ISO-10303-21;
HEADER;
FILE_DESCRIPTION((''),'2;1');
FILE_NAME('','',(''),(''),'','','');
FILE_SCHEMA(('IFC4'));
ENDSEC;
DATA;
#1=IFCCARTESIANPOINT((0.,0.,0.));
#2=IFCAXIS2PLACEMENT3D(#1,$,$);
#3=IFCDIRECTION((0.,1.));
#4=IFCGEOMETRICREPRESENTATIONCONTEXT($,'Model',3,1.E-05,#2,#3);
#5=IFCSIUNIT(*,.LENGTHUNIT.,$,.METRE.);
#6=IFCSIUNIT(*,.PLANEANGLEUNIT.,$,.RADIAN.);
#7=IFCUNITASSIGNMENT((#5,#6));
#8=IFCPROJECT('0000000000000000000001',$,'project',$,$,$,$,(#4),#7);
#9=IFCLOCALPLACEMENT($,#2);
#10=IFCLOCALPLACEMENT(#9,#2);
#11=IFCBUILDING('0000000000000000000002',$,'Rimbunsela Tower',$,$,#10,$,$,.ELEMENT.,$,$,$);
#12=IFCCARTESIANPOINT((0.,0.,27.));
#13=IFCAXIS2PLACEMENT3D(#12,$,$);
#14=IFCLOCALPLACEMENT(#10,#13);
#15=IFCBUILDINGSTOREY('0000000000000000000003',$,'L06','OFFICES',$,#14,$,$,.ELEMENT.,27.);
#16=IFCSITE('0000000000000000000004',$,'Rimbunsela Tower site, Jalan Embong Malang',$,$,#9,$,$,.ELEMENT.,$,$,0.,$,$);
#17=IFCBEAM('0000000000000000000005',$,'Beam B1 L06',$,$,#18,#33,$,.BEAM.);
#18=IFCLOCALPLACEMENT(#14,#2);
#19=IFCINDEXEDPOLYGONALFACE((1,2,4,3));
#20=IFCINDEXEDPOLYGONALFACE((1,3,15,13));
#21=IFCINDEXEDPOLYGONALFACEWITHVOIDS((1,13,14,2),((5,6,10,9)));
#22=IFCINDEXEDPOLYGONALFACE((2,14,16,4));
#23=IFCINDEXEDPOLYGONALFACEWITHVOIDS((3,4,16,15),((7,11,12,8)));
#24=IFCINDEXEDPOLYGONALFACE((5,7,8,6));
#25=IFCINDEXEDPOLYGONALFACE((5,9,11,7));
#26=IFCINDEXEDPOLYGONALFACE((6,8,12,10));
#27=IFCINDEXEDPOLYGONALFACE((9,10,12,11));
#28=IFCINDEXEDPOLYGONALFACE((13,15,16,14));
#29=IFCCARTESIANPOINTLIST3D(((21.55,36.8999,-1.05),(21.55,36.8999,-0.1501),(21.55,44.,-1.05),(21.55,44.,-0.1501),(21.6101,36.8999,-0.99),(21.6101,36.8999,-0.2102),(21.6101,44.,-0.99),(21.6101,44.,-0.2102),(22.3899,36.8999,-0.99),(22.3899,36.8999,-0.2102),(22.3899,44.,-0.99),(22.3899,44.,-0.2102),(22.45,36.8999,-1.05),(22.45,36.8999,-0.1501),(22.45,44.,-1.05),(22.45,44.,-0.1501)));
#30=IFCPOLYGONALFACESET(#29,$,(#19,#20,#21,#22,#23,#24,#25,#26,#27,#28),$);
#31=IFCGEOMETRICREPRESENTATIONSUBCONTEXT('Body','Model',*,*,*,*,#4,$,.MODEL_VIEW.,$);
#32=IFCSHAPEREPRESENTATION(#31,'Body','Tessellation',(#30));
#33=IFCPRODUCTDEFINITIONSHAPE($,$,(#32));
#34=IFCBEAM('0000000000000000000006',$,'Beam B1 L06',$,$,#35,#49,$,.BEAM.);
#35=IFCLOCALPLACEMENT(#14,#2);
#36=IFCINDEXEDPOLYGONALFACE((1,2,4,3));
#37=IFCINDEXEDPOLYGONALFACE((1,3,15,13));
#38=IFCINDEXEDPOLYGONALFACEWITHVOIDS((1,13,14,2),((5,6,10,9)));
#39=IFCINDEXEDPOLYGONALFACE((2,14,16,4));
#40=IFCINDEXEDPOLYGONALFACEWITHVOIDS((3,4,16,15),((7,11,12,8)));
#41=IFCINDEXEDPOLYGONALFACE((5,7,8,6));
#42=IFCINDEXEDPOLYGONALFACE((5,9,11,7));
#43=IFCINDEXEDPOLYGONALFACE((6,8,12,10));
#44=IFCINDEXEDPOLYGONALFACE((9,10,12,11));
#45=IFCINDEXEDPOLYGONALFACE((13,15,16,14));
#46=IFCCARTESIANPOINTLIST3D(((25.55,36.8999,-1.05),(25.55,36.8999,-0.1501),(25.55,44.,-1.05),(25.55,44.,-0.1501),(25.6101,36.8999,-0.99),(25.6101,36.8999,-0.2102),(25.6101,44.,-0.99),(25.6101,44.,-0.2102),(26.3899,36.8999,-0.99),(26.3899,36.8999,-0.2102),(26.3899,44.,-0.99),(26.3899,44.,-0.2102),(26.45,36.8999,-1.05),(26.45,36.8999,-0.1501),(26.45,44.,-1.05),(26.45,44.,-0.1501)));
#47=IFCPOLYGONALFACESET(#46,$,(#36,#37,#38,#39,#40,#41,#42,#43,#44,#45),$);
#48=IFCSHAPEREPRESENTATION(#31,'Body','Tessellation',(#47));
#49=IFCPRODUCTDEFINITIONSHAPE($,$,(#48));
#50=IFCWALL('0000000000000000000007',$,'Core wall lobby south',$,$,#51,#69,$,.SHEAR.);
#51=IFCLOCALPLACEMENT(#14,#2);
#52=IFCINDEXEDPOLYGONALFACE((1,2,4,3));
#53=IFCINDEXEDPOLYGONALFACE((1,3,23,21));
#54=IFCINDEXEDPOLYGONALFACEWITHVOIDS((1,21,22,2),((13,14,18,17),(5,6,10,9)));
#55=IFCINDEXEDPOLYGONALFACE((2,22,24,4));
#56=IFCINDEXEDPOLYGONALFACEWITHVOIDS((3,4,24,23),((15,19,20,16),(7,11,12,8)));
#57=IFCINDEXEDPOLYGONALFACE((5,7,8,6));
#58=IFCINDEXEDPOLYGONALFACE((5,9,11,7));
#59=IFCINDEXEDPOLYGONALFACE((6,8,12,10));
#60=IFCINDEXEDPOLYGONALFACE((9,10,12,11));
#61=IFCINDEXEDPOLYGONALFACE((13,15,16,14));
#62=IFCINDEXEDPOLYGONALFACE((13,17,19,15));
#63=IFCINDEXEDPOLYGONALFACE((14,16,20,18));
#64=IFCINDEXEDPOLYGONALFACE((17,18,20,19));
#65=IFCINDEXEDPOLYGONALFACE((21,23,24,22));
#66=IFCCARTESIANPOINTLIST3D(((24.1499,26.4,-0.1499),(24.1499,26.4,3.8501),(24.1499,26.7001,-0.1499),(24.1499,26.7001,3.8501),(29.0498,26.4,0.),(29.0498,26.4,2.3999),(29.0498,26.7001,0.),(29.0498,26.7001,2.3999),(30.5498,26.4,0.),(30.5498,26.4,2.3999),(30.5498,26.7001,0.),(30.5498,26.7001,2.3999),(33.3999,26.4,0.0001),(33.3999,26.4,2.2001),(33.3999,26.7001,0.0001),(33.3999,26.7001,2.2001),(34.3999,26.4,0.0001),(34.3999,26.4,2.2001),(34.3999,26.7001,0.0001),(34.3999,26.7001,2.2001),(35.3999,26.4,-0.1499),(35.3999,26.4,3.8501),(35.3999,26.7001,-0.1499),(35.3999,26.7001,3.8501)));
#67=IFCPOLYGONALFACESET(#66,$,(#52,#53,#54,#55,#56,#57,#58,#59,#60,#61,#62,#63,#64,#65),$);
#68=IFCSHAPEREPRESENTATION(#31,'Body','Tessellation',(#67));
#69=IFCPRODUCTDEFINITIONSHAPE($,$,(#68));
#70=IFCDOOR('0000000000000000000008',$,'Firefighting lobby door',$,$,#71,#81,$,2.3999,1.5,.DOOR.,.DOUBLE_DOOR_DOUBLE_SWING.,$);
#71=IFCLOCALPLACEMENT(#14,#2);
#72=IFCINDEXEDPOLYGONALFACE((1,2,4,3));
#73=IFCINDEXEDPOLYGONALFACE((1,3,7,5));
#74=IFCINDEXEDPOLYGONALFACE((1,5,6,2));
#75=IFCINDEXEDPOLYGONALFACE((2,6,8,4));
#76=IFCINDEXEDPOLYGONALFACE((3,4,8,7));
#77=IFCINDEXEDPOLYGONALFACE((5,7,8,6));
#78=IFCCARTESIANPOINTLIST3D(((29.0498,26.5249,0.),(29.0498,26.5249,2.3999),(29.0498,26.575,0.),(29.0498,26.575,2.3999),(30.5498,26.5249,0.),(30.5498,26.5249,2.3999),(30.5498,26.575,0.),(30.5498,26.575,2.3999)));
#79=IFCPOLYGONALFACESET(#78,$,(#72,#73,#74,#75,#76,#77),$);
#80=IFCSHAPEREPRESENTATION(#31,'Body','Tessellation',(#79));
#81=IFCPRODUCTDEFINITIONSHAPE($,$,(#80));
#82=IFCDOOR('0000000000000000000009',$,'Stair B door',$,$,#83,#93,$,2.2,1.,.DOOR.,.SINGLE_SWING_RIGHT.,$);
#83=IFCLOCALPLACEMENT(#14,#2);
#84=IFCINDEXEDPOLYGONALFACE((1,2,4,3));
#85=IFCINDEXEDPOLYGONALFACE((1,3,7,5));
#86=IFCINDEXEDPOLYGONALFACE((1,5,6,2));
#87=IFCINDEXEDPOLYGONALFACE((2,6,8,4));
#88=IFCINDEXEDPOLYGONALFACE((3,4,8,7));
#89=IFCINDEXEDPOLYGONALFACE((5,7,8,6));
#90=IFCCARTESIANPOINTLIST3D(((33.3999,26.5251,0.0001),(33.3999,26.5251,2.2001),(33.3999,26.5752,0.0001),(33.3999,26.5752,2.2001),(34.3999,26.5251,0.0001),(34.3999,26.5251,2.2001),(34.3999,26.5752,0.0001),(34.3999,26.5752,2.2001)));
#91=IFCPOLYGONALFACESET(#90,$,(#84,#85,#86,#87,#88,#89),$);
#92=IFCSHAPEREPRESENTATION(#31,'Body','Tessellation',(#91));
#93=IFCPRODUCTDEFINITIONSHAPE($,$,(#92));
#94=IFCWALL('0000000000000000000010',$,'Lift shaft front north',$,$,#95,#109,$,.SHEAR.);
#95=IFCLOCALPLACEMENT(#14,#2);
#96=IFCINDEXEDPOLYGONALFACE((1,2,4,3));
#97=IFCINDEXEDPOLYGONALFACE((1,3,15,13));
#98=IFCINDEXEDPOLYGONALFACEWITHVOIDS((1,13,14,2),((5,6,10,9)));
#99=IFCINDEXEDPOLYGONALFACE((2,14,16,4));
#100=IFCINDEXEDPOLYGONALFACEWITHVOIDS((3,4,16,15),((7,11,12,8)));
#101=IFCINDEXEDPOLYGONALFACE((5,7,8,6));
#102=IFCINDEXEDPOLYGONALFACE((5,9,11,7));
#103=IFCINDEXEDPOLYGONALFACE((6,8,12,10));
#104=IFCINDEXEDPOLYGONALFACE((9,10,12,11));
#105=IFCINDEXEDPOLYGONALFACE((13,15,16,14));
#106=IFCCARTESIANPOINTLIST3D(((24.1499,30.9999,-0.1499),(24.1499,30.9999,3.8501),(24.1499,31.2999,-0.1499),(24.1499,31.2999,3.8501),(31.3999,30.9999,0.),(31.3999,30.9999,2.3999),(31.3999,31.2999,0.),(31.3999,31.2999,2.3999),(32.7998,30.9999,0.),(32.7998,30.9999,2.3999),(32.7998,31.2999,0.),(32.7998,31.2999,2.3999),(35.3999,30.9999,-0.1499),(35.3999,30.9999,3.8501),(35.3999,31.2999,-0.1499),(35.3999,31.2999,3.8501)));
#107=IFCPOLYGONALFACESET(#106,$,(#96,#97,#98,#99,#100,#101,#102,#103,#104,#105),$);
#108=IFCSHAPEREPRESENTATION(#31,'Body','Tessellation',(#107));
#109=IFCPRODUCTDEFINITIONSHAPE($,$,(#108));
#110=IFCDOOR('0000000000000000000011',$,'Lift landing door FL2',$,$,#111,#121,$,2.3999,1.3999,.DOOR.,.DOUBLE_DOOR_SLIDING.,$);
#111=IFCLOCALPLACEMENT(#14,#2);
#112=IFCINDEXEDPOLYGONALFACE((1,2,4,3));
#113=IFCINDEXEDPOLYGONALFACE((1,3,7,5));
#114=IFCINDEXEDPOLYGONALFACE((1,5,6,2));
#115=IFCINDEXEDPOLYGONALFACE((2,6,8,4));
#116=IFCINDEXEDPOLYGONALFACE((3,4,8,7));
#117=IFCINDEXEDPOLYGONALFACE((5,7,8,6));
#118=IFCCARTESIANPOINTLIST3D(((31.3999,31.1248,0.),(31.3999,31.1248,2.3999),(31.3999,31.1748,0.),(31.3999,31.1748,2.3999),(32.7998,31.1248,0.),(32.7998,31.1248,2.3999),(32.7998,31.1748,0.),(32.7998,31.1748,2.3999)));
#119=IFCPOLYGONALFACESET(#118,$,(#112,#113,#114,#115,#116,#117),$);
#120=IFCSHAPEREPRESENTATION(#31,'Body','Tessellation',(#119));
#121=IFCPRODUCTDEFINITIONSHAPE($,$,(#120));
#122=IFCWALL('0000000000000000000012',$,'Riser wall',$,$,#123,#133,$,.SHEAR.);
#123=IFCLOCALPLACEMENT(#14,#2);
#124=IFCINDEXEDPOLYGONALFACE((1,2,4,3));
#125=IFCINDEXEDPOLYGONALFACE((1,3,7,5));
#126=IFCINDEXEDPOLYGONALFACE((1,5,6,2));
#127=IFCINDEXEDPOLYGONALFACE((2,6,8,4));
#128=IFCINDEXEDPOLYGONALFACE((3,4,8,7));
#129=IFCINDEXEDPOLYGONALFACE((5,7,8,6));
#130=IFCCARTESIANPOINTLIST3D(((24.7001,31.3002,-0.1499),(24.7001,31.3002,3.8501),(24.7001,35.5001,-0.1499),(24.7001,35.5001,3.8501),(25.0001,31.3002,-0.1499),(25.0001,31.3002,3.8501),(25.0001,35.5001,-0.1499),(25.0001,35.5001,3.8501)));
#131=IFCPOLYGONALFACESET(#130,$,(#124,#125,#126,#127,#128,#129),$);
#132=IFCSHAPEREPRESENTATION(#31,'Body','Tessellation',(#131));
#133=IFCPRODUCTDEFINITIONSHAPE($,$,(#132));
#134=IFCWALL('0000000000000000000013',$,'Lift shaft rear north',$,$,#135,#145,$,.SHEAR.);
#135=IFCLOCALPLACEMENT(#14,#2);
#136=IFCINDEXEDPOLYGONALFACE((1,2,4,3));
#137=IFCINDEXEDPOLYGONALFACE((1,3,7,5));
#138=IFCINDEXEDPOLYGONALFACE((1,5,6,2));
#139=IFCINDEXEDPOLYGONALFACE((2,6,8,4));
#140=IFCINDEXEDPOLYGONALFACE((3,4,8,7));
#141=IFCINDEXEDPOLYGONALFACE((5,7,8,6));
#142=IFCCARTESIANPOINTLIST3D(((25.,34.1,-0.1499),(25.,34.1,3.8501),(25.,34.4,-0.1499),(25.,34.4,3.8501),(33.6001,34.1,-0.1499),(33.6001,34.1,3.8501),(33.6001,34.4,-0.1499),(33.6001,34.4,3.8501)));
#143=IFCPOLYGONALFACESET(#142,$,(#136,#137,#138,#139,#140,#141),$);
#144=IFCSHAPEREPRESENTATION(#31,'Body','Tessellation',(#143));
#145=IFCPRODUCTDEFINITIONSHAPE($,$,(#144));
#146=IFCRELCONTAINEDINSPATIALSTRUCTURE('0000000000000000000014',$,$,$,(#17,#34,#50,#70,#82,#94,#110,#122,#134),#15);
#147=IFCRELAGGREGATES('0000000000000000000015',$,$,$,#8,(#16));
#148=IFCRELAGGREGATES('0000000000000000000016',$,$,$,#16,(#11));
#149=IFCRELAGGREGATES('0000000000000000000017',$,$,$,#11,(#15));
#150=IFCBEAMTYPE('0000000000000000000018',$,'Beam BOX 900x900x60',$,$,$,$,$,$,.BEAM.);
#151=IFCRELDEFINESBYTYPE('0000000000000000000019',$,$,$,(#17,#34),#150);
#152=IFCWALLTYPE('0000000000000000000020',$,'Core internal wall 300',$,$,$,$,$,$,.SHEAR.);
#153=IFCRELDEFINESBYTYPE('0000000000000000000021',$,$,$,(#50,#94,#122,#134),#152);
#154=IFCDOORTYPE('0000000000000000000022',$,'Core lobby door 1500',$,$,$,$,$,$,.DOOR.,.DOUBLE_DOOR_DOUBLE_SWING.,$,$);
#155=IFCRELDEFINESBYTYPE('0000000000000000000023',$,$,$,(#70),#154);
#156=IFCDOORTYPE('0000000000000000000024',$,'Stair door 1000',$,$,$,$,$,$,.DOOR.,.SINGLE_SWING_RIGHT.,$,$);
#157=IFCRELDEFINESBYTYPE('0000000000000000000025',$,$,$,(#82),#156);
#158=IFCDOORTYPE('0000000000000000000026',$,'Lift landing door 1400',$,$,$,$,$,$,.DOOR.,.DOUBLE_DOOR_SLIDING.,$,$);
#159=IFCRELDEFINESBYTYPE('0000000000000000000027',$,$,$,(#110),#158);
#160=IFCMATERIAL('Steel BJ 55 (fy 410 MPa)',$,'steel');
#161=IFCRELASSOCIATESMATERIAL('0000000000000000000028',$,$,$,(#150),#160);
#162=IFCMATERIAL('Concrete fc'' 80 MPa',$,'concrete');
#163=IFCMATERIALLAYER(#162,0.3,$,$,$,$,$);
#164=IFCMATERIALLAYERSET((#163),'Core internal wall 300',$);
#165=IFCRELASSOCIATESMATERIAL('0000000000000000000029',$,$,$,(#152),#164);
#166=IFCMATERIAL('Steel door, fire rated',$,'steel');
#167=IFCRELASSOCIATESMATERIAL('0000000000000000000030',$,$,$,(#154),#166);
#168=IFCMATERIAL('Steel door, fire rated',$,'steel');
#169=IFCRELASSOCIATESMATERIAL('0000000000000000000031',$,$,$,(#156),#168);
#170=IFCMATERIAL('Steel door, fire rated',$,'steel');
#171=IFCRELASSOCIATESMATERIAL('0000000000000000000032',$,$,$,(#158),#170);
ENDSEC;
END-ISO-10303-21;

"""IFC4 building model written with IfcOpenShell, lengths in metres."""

from ifc_helpers import new_model, si_unit, direction, frame, frame_2d, origin, origin_2d, place, context, subcontext, project, spatial, rectangle, hollow_rectangle, extrude, material, layer, layer_set, material_profile, profile_set, type_object, element, fill, save


model = new_model("IFC4")

# Units and contexts
model_context = context("Model", 3, precision=1e-05, world=origin(), true_north=direction((0.0, 1.0)))
body_context = subcontext(model_context, "Body", "Model", "MODEL_VIEW")
ifc_project = project(units=[si_unit("LENGTHUNIT", "METRE"), si_unit("PLANEANGLEUNIT", "RADIAN")], contexts=[model_context])

# Site, building, storey
site_placement = place(None, origin())
site = spatial("IfcSite", under=ifc_project, at=site_placement, Name="Rimbunsela Tower site, Jalan Embong Malang", CompositionType="ELEMENT", RefElevation=0.0)
building_placement = place(site_placement, origin())
building = spatial("IfcBuilding", under=site, at=building_placement, Name="Rimbunsela Tower", CompositionType="ELEMENT")
storey_placement = place(building_placement, frame((0.0, 0.0, 27.0)))
storey = spatial("IfcBuildingStorey", under=building, at=storey_placement, Name="L06", Description="OFFICES", CompositionType="ELEMENT", Elevation=27.0)

# Beams
ifc_material_1 = material(Name="Steel BJ 55 (fy 410 MPa)", Category="steel")
ifc_material_profile = material_profile(ifc_material_1, hollow_rectangle(XDim=0.8999, YDim=0.8999, WallThickness=0.0601, at=origin_2d()), Name="BOX 900x900x60")
ifc_profile_set = profile_set([ifc_material_profile], Name="Steel BJ 55 (fy 410 MPa)")
beam_type = type_object("IfcBeamType", Name="Beam BOX 900x900x60", PredefinedType="BEAM", material=ifc_profile_set)
for number, where, z_axis, x_axis, name in (
    (1, (22.0, 36.8999, -0.6001), (0.0, 1.0, 0.0), (-1.0, 0.0, 0.0), "Beam B1 L06"),
    (2, (26.0, 36.8999, -0.6001), (0.0, 1.0, 0.0), (-1.0, 0.0, 0.0), "Beam B1 L06"),
):
    element("IfcBeam", number, at=place(storey_placement, frame(where, z_axis=z_axis, x_axis=x_axis)), inside=storey, type_object=beam_type, Name=name, PredefinedType="BEAM", context=body_context, shape_type="SweptSolid", body=[
        extrude(hollow_rectangle(XDim=0.8999, YDim=0.8999, WallThickness=0.0601, at=origin_2d()), origin(), (0.0, 0.0, 1.0), 7.1001),
    ])

# Wall, openings, doors
ifc_material_2 = material(Name="Concrete fc' 80 MPa", Category="concrete")
ifc_layer_1 = layer(ifc_material_2, 0.3)
ifc_layer_set_1 = layer_set([ifc_layer_1], Name="Core internal wall 300")
wall_type_1 = type_object("IfcWallType", Name="Core internal wall 300", PredefinedType="SHEAR", material=ifc_layer_set_1)
wall_1_placement = place(storey_placement, frame((24.1499, 26.55, -0.1499), z_axis=(0.0, 0.0, 1.0), x_axis=(1.0, 0.0, 0.0)))
wall_1 = element("IfcWall", 3, at=wall_1_placement, inside=storey, type_object=wall_type_1, Name="Core wall lobby south", PredefinedType="SHEAR", context=body_context, shape_type="SweptSolid", body=[
    extrude(rectangle(XDim=11.25, YDim=0.3, at=frame_2d((5.625, 0.0))), origin(), (0.0, 0.0, 1.0), 4.0),
])
opening_1_placement = place(wall_1_placement, frame((9.25, 0.0, 0.1499)))
opening_1 = element("IfcOpeningElement", 4, at=opening_1_placement, cuts=wall_1, PredefinedType="OPENING", context=body_context, shape_type="SweptSolid", body=[
    extrude(rectangle(XDim=1.0, YDim=2.2, at=frame_2d((0.5, 1.1001))), frame((0.0, 0.1599, 0.0), z_axis=(0.0, -1.0, 0.0), x_axis=(1.0, 0.0, 0.0)), (0.0, 0.0, 1.0), 0.3201),
])
opening_2_placement = place(wall_1_placement, frame((4.8999, 0.0, 0.1499)))
opening_2 = element("IfcOpeningElement", 5, at=opening_2_placement, cuts=wall_1, PredefinedType="OPENING", context=body_context, shape_type="SweptSolid", body=[
    extrude(rectangle(XDim=1.5, YDim=2.3999, at=frame_2d((0.75, 1.2))), frame((0.0, 0.1599, 0.0), z_axis=(0.0, -1.0, 0.0), x_axis=(1.0, 0.0, 0.0)), (0.0, 0.0, 1.0), 0.3201),
])
ifc_material_3 = material(Name="Steel door, fire rated", Category="steel")
door_type_1 = type_object("IfcDoorType", Name="Core lobby door 1500", OperationType="DOUBLE_DOOR_DOUBLE_SWING", PredefinedType="DOOR", material=ifc_material_3)
door_1_placement = place(opening_2_placement, origin())
door_1 = element("IfcDoor", 6, at=door_1_placement, inside=storey, type_object=door_type_1, Name="Firefighting lobby door", OperationType="DOUBLE_DOOR_DOUBLE_SWING", OverallHeight=2.3999, OverallWidth=1.5, PredefinedType="DOOR", context=body_context, shape_type="SweptSolid", body=[
    extrude(rectangle(XDim=1.5, YDim=2.3999, at=frame_2d((0.75, 1.2))), frame((0.0, 0.0249, 0.0), z_axis=(0.0, -1.0, 0.0), x_axis=(1.0, 0.0, 0.0)), (0.0, 0.0, 1.0), 0.05),
])
fill(opening_2, door_1)
ifc_material_4 = material(Name="Steel door, fire rated", Category="steel")
door_type_2 = type_object("IfcDoorType", Name="Stair door 1000", OperationType="SINGLE_SWING_RIGHT", PredefinedType="DOOR", material=ifc_material_4)
door_2_placement = place(opening_1_placement, frame((1.0, 0.0, 0.0), z_axis=(0.0, 0.0, 1.0), x_axis=(-1.0, 0.0, 0.0)))
door_2 = element("IfcDoor", 7, at=door_2_placement, inside=storey, type_object=door_type_2, Name="Stair B door", OperationType="SINGLE_SWING_RIGHT", OverallHeight=2.2, OverallWidth=1.0, PredefinedType="DOOR", context=body_context, shape_type="SweptSolid", body=[
    extrude(rectangle(XDim=1.0, YDim=2.2, at=frame_2d((0.5, 1.1001))), frame((0.0, 0.0249, 0.0), z_axis=(0.0, -1.0, 0.0), x_axis=(1.0, 0.0, 0.0)), (0.0, 0.0, 1.0), 0.05),
])
fill(opening_1, door_2)

# Wall, opening, door
wall_2_placement = place(storey_placement, frame((24.1499, 31.1499, -0.1499), z_axis=(0.0, 0.0, 1.0), x_axis=(1.0, 0.0, 0.0)))
wall_2 = element("IfcWall", 8, at=wall_2_placement, inside=storey, type_object=wall_type_1, Name="Lift shaft front north", PredefinedType="SHEAR", context=body_context, shape_type="SweptSolid", body=[
    extrude(rectangle(XDim=11.25, YDim=0.3, at=frame_2d((5.625, 0.0))), origin(), (0.0, 0.0, 1.0), 4.0),
])
opening_3_placement = place(wall_2_placement, frame((7.25, 0.0, 0.1499)))
opening_3 = element("IfcOpeningElement", 9, at=opening_3_placement, cuts=wall_2, PredefinedType="OPENING", context=body_context, shape_type="SweptSolid", body=[
    extrude(rectangle(XDim=1.3999, YDim=2.3999, at=frame_2d((0.7, 1.2))), frame((0.0, 0.1599, 0.0), z_axis=(0.0, -1.0, 0.0), x_axis=(1.0, 0.0, 0.0)), (0.0, 0.0, 1.0), 0.3201),
])
ifc_material_5 = material(Name="Steel door, fire rated", Category="steel")
door_type_3 = type_object("IfcDoorType", Name="Lift landing door 1400", OperationType="DOUBLE_DOOR_SLIDING", PredefinedType="DOOR", material=ifc_material_5)
door_3_placement = place(opening_3_placement, origin())
door_3 = element("IfcDoor", 10, at=door_3_placement, inside=storey, type_object=door_type_3, Name="Lift landing door FL2", OperationType="DOUBLE_DOOR_SLIDING", OverallHeight=2.3999, OverallWidth=1.3999, PredefinedType="DOOR", context=body_context, shape_type="SweptSolid", body=[
    extrude(rectangle(XDim=1.3999, YDim=2.3999, at=frame_2d((0.7, 1.2))), frame((0.0, 0.0249, 0.0), z_axis=(0.0, -1.0, 0.0), x_axis=(1.0, 0.0, 0.0)), (0.0, 0.0, 1.0), 0.05),
])
fill(opening_3, door_3)

# Walls
wall_3_placement = place(storey_placement, frame((24.8501, 31.3, -0.1499), z_axis=(0.0, 0.0, 1.0), x_axis=(0.0, 1.0, 0.0)))
element("IfcWall", 11, at=wall_3_placement, inside=storey, type_object=wall_type_1, Name="Riser wall", PredefinedType="SHEAR", context=body_context, shape_type="SweptSolid", body=[
    extrude(rectangle(XDim=4.2, YDim=0.3, at=frame_2d((2.1001, 0.0))), origin(), (0.0, 0.0, 1.0), 4.0),
])
wall_4_placement = place(storey_placement, frame((25.0, 34.25, -0.1499), z_axis=(0.0, 0.0, 1.0), x_axis=(1.0, 0.0, 0.0)))
element("IfcWall", 12, at=wall_4_placement, inside=storey, type_object=wall_type_1, Name="Lift shaft rear north", PredefinedType="SHEAR", context=body_context, shape_type="SweptSolid", body=[
    extrude(rectangle(XDim=8.6001, YDim=0.3, at=frame_2d((4.3, 0.0))), origin(), (0.0, 0.0, 1.0), 4.0),
])

save(model, "model.ifc")
